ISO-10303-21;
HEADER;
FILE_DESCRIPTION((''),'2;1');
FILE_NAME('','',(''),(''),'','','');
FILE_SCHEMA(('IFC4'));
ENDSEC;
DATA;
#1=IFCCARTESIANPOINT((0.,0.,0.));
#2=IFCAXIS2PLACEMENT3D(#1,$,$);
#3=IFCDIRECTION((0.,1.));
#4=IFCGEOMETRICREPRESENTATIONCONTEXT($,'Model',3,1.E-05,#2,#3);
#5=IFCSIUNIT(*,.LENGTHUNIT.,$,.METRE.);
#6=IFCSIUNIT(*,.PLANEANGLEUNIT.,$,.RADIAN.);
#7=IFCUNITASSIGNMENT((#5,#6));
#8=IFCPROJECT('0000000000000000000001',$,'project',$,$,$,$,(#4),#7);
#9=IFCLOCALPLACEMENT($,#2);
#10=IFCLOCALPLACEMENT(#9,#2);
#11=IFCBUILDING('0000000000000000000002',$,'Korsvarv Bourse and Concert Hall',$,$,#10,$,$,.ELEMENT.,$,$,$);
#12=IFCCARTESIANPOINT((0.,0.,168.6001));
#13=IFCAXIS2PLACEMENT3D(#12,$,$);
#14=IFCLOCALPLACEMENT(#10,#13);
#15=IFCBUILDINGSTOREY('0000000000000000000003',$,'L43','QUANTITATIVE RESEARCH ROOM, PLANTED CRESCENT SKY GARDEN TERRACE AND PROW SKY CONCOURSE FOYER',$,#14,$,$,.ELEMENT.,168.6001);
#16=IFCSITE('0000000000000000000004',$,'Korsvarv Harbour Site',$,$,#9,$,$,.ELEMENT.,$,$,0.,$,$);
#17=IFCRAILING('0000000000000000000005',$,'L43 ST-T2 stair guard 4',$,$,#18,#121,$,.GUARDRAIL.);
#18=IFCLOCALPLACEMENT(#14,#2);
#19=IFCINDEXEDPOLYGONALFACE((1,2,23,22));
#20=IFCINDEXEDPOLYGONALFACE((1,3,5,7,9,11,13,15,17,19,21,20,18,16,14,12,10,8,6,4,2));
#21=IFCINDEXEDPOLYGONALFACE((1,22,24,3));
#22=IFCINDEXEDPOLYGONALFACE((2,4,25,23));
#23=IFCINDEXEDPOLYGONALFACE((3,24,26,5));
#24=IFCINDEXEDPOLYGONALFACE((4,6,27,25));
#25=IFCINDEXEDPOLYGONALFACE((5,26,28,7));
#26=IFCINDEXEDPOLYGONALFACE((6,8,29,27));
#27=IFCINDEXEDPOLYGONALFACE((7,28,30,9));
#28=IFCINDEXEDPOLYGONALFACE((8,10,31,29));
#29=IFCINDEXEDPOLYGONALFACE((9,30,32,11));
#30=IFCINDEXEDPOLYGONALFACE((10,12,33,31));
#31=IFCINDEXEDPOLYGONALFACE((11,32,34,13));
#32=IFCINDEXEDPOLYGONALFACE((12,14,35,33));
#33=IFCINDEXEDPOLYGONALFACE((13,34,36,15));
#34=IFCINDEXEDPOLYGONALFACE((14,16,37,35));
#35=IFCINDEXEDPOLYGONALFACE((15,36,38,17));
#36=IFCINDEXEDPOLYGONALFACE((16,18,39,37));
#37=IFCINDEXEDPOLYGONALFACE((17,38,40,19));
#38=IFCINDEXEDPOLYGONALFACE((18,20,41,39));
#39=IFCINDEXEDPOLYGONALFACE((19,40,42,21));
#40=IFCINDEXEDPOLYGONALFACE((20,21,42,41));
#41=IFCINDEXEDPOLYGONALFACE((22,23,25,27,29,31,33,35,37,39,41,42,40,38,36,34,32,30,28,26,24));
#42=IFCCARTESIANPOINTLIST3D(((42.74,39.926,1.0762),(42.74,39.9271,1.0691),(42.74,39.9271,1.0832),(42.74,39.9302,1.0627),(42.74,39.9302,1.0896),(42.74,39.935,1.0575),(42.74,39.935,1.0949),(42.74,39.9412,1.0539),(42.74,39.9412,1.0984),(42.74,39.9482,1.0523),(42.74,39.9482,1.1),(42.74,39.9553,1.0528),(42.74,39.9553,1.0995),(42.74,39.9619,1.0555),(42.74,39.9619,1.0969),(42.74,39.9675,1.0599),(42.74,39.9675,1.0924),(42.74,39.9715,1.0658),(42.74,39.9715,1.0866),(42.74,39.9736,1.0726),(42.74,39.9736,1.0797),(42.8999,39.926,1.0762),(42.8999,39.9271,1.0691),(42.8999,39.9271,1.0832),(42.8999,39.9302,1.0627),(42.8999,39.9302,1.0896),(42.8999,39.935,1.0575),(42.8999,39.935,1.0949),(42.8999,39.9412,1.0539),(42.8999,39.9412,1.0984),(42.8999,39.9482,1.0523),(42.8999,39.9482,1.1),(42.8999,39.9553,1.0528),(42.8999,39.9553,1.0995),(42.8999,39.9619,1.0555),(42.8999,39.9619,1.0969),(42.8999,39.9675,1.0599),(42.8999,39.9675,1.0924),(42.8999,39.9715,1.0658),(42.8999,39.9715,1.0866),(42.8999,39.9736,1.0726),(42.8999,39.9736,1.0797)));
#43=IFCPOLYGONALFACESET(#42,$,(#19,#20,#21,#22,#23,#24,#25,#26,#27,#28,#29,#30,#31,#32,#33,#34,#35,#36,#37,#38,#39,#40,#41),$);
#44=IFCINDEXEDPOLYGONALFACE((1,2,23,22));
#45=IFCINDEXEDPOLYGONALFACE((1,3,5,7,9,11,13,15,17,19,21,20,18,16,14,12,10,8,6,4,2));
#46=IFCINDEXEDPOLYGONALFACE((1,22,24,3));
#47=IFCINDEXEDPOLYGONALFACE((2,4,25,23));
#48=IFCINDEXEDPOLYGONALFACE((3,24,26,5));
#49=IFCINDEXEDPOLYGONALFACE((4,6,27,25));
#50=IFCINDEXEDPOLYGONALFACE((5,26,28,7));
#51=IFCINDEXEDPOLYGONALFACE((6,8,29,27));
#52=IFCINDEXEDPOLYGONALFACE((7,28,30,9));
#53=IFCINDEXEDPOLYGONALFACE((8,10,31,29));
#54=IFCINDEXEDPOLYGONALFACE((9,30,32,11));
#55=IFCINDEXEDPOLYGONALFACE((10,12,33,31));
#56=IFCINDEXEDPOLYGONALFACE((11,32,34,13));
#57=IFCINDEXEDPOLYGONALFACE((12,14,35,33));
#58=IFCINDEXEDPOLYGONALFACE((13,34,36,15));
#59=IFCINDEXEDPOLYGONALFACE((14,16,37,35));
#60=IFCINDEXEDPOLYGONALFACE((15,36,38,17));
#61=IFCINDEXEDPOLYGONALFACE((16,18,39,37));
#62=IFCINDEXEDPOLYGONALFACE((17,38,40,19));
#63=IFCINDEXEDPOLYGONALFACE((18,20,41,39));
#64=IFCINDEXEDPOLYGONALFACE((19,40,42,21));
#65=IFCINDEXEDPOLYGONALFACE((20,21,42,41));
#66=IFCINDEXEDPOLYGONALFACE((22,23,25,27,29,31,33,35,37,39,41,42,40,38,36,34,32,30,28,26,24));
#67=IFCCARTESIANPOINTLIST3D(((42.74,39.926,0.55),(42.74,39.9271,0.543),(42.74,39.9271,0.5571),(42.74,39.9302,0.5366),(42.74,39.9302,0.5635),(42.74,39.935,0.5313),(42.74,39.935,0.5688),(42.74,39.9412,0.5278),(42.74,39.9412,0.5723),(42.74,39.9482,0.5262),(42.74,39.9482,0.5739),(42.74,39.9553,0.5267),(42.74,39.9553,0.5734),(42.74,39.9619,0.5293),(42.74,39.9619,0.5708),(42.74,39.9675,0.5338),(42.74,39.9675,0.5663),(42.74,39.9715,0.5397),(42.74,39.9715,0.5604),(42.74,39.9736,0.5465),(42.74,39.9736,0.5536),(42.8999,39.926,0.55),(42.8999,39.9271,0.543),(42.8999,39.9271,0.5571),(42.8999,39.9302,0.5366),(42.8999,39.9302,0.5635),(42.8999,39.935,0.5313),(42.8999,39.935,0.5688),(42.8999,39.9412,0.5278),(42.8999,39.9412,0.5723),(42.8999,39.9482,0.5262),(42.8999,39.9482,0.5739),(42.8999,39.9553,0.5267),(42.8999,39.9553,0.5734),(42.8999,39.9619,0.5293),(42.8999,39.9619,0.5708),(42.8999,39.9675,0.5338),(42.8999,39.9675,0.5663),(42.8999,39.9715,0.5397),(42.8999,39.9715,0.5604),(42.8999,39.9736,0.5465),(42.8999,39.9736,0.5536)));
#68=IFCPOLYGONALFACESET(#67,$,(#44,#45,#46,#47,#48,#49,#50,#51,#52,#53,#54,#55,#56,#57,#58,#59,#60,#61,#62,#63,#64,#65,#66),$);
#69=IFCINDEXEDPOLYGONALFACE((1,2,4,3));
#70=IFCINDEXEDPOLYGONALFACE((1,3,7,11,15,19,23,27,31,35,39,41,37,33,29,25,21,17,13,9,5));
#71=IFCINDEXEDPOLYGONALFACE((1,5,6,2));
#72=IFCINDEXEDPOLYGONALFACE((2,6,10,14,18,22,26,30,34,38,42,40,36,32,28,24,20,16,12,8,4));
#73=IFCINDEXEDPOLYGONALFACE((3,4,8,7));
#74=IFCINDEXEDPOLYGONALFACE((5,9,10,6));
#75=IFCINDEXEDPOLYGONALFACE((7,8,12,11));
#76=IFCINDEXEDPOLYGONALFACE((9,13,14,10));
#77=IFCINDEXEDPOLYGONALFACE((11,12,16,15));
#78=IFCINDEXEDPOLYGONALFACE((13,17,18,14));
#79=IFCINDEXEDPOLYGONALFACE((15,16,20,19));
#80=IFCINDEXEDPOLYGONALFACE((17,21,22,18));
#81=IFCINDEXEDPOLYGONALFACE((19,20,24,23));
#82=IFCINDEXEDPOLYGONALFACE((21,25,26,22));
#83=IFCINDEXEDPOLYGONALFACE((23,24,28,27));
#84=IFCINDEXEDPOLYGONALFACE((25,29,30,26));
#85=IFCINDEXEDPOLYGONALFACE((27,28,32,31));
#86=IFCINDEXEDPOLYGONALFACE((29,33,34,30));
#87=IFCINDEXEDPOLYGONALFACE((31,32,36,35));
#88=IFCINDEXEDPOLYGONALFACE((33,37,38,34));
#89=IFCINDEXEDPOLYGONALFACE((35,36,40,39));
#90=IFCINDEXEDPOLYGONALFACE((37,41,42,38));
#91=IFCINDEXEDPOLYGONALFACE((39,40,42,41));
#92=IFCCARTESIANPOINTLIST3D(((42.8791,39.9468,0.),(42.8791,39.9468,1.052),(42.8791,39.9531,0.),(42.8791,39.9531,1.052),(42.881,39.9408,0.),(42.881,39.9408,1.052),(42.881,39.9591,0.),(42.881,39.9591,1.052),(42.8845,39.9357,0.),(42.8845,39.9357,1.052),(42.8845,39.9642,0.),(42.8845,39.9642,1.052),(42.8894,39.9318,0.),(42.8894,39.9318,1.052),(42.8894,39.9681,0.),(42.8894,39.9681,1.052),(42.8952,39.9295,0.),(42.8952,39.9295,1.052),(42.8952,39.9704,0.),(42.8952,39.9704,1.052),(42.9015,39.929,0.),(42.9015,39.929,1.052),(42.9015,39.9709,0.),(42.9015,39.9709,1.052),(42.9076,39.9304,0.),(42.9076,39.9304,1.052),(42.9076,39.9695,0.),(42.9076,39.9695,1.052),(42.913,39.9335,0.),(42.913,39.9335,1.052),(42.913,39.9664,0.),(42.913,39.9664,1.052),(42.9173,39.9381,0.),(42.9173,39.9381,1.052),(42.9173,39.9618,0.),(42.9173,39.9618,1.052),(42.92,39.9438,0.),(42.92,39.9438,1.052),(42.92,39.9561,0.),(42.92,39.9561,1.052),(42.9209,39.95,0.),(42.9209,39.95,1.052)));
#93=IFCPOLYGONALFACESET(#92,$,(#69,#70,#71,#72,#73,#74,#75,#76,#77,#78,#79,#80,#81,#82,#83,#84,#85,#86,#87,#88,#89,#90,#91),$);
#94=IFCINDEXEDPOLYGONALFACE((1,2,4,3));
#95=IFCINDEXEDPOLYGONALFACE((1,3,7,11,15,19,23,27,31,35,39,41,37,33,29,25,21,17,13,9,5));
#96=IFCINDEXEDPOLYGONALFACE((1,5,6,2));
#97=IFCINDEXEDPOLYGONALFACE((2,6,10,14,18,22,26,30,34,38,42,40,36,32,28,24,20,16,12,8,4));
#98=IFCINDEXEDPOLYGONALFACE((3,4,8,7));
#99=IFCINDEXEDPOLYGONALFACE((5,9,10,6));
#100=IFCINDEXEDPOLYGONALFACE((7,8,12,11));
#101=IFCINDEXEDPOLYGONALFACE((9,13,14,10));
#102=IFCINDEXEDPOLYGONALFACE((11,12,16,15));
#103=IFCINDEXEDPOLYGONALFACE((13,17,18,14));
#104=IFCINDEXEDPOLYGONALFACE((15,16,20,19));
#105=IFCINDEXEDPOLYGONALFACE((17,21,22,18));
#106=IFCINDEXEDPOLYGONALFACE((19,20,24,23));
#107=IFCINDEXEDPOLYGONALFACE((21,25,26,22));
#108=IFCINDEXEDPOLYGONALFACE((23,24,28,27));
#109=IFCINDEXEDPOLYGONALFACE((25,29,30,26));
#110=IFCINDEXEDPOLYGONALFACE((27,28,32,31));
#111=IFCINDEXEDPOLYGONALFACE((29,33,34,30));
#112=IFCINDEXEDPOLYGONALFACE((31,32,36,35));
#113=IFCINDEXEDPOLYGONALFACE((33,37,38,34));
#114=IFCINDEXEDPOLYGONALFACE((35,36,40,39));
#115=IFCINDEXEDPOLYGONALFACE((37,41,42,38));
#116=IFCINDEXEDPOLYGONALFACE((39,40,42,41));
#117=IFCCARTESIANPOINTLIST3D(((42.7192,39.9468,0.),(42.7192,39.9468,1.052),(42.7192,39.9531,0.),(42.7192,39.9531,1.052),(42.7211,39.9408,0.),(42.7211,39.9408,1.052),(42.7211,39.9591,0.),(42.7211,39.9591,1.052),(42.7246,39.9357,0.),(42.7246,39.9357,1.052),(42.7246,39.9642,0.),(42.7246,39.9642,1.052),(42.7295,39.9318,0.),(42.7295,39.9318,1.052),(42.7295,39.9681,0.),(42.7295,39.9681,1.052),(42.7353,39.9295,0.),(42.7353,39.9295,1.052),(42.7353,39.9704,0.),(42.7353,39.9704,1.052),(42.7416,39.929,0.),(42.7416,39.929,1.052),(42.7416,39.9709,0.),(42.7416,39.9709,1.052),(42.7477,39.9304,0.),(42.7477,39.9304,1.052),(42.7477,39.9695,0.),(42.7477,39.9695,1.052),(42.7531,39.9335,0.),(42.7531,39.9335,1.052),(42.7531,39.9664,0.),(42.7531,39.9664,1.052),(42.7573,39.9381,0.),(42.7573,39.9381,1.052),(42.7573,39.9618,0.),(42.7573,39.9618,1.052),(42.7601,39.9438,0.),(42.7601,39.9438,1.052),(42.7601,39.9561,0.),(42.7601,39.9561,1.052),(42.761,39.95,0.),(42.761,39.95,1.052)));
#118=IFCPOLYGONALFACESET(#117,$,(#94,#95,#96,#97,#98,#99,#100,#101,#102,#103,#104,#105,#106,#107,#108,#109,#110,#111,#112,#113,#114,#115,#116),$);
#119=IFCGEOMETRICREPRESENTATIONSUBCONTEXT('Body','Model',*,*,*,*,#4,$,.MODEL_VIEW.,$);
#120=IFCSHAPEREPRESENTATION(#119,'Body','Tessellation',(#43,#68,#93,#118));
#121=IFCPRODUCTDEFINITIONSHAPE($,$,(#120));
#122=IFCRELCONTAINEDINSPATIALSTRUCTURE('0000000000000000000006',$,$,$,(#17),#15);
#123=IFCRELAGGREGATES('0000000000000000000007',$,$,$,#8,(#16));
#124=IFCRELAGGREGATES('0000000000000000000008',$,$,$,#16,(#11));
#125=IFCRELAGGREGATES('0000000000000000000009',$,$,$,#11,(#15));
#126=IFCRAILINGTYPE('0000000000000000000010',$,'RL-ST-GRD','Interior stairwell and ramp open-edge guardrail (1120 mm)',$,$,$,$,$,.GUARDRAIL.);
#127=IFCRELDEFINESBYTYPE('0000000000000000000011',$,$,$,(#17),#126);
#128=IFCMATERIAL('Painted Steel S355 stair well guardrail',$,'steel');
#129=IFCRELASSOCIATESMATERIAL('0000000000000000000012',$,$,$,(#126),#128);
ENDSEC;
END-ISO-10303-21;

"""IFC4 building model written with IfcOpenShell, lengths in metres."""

from ifc_helpers import new_model, si_unit, direction, frame, origin, origin_2d, place, context, subcontext, project, spatial, circle, extrude, material, type_object, element, save


model = new_model("IFC4")

# Units and contexts
model_context = context("Model", 3, precision=1e-05, world=origin(), true_north=direction((0.0, 1.0)))
body_context = subcontext(model_context, "Body", "Model", "MODEL_VIEW")
ifc_project = project(units=[si_unit("LENGTHUNIT", "METRE"), si_unit("PLANEANGLEUNIT", "RADIAN")], contexts=[model_context])

# Site, building, storey
site_placement = place(None, origin())
site = spatial("IfcSite", under=ifc_project, at=site_placement, Name="Korsvarv Harbour Site", CompositionType="ELEMENT", RefElevation=0.0)
building_placement = place(site_placement, origin())
building = spatial("IfcBuilding", under=site, at=building_placement, Name="Korsvarv Bourse and Concert Hall", CompositionType="ELEMENT")
storey_placement = place(building_placement, frame((0.0, 0.0, 168.6001)))
storey = spatial("IfcBuildingStorey", under=building, at=storey_placement, Name="L43", Description="QUANTITATIVE RESEARCH ROOM, PLANTED CRESCENT SKY GARDEN TERRACE AND PROW SKY CONCOURSE FOYER", CompositionType="ELEMENT", Elevation=168.6001)

# Railing
ifc_material_1 = material(Name="Painted Steel S355 stair well guardrail", Category="steel")
railing_type_1 = type_object("IfcRailingType", Name="RL-ST-GRD", Description="Interior stairwell and ramp open-edge guardrail (1120 mm)", PredefinedType="GUARDRAIL", material=ifc_material_1)
railing_1_placement = place(storey_placement, frame((42.8999, 39.95, 0.0)))
element("IfcRailing", 1, at=railing_1_placement, inside=storey, type_object=railing_type_1, Name="L43 ST-T2 stair guard 4", PredefinedType="GUARDRAIL", context=body_context, shape_type="SweptSolid", body=[
    extrude(circle(Radius=0.0239, at=origin_2d()), frame((0.0, 0.0, 1.0762), z_axis=(-1.0, 0.0, 0.0), x_axis=(0.0, -1.0, 0.0)), (0.0, 0.0, 1.0), 0.1599),
    extrude(circle(Radius=0.0239, at=origin_2d()), frame((0.0, 0.0, 0.55), z_axis=(-1.0, 0.0, 0.0), x_axis=(0.0, -1.0, 0.0)), (0.0, 0.0, 1.0), 0.1599),
    extrude(circle(Radius=0.021, at=origin_2d()), origin(), (0.0, 0.0, 1.0), 1.052),
    extrude(circle(Radius=0.021, at=origin_2d()), frame((-0.1599, 0.0, 0.0)), (0.0, 0.0, 1.0), 1.052),
])

save(model, "model.ifc")
